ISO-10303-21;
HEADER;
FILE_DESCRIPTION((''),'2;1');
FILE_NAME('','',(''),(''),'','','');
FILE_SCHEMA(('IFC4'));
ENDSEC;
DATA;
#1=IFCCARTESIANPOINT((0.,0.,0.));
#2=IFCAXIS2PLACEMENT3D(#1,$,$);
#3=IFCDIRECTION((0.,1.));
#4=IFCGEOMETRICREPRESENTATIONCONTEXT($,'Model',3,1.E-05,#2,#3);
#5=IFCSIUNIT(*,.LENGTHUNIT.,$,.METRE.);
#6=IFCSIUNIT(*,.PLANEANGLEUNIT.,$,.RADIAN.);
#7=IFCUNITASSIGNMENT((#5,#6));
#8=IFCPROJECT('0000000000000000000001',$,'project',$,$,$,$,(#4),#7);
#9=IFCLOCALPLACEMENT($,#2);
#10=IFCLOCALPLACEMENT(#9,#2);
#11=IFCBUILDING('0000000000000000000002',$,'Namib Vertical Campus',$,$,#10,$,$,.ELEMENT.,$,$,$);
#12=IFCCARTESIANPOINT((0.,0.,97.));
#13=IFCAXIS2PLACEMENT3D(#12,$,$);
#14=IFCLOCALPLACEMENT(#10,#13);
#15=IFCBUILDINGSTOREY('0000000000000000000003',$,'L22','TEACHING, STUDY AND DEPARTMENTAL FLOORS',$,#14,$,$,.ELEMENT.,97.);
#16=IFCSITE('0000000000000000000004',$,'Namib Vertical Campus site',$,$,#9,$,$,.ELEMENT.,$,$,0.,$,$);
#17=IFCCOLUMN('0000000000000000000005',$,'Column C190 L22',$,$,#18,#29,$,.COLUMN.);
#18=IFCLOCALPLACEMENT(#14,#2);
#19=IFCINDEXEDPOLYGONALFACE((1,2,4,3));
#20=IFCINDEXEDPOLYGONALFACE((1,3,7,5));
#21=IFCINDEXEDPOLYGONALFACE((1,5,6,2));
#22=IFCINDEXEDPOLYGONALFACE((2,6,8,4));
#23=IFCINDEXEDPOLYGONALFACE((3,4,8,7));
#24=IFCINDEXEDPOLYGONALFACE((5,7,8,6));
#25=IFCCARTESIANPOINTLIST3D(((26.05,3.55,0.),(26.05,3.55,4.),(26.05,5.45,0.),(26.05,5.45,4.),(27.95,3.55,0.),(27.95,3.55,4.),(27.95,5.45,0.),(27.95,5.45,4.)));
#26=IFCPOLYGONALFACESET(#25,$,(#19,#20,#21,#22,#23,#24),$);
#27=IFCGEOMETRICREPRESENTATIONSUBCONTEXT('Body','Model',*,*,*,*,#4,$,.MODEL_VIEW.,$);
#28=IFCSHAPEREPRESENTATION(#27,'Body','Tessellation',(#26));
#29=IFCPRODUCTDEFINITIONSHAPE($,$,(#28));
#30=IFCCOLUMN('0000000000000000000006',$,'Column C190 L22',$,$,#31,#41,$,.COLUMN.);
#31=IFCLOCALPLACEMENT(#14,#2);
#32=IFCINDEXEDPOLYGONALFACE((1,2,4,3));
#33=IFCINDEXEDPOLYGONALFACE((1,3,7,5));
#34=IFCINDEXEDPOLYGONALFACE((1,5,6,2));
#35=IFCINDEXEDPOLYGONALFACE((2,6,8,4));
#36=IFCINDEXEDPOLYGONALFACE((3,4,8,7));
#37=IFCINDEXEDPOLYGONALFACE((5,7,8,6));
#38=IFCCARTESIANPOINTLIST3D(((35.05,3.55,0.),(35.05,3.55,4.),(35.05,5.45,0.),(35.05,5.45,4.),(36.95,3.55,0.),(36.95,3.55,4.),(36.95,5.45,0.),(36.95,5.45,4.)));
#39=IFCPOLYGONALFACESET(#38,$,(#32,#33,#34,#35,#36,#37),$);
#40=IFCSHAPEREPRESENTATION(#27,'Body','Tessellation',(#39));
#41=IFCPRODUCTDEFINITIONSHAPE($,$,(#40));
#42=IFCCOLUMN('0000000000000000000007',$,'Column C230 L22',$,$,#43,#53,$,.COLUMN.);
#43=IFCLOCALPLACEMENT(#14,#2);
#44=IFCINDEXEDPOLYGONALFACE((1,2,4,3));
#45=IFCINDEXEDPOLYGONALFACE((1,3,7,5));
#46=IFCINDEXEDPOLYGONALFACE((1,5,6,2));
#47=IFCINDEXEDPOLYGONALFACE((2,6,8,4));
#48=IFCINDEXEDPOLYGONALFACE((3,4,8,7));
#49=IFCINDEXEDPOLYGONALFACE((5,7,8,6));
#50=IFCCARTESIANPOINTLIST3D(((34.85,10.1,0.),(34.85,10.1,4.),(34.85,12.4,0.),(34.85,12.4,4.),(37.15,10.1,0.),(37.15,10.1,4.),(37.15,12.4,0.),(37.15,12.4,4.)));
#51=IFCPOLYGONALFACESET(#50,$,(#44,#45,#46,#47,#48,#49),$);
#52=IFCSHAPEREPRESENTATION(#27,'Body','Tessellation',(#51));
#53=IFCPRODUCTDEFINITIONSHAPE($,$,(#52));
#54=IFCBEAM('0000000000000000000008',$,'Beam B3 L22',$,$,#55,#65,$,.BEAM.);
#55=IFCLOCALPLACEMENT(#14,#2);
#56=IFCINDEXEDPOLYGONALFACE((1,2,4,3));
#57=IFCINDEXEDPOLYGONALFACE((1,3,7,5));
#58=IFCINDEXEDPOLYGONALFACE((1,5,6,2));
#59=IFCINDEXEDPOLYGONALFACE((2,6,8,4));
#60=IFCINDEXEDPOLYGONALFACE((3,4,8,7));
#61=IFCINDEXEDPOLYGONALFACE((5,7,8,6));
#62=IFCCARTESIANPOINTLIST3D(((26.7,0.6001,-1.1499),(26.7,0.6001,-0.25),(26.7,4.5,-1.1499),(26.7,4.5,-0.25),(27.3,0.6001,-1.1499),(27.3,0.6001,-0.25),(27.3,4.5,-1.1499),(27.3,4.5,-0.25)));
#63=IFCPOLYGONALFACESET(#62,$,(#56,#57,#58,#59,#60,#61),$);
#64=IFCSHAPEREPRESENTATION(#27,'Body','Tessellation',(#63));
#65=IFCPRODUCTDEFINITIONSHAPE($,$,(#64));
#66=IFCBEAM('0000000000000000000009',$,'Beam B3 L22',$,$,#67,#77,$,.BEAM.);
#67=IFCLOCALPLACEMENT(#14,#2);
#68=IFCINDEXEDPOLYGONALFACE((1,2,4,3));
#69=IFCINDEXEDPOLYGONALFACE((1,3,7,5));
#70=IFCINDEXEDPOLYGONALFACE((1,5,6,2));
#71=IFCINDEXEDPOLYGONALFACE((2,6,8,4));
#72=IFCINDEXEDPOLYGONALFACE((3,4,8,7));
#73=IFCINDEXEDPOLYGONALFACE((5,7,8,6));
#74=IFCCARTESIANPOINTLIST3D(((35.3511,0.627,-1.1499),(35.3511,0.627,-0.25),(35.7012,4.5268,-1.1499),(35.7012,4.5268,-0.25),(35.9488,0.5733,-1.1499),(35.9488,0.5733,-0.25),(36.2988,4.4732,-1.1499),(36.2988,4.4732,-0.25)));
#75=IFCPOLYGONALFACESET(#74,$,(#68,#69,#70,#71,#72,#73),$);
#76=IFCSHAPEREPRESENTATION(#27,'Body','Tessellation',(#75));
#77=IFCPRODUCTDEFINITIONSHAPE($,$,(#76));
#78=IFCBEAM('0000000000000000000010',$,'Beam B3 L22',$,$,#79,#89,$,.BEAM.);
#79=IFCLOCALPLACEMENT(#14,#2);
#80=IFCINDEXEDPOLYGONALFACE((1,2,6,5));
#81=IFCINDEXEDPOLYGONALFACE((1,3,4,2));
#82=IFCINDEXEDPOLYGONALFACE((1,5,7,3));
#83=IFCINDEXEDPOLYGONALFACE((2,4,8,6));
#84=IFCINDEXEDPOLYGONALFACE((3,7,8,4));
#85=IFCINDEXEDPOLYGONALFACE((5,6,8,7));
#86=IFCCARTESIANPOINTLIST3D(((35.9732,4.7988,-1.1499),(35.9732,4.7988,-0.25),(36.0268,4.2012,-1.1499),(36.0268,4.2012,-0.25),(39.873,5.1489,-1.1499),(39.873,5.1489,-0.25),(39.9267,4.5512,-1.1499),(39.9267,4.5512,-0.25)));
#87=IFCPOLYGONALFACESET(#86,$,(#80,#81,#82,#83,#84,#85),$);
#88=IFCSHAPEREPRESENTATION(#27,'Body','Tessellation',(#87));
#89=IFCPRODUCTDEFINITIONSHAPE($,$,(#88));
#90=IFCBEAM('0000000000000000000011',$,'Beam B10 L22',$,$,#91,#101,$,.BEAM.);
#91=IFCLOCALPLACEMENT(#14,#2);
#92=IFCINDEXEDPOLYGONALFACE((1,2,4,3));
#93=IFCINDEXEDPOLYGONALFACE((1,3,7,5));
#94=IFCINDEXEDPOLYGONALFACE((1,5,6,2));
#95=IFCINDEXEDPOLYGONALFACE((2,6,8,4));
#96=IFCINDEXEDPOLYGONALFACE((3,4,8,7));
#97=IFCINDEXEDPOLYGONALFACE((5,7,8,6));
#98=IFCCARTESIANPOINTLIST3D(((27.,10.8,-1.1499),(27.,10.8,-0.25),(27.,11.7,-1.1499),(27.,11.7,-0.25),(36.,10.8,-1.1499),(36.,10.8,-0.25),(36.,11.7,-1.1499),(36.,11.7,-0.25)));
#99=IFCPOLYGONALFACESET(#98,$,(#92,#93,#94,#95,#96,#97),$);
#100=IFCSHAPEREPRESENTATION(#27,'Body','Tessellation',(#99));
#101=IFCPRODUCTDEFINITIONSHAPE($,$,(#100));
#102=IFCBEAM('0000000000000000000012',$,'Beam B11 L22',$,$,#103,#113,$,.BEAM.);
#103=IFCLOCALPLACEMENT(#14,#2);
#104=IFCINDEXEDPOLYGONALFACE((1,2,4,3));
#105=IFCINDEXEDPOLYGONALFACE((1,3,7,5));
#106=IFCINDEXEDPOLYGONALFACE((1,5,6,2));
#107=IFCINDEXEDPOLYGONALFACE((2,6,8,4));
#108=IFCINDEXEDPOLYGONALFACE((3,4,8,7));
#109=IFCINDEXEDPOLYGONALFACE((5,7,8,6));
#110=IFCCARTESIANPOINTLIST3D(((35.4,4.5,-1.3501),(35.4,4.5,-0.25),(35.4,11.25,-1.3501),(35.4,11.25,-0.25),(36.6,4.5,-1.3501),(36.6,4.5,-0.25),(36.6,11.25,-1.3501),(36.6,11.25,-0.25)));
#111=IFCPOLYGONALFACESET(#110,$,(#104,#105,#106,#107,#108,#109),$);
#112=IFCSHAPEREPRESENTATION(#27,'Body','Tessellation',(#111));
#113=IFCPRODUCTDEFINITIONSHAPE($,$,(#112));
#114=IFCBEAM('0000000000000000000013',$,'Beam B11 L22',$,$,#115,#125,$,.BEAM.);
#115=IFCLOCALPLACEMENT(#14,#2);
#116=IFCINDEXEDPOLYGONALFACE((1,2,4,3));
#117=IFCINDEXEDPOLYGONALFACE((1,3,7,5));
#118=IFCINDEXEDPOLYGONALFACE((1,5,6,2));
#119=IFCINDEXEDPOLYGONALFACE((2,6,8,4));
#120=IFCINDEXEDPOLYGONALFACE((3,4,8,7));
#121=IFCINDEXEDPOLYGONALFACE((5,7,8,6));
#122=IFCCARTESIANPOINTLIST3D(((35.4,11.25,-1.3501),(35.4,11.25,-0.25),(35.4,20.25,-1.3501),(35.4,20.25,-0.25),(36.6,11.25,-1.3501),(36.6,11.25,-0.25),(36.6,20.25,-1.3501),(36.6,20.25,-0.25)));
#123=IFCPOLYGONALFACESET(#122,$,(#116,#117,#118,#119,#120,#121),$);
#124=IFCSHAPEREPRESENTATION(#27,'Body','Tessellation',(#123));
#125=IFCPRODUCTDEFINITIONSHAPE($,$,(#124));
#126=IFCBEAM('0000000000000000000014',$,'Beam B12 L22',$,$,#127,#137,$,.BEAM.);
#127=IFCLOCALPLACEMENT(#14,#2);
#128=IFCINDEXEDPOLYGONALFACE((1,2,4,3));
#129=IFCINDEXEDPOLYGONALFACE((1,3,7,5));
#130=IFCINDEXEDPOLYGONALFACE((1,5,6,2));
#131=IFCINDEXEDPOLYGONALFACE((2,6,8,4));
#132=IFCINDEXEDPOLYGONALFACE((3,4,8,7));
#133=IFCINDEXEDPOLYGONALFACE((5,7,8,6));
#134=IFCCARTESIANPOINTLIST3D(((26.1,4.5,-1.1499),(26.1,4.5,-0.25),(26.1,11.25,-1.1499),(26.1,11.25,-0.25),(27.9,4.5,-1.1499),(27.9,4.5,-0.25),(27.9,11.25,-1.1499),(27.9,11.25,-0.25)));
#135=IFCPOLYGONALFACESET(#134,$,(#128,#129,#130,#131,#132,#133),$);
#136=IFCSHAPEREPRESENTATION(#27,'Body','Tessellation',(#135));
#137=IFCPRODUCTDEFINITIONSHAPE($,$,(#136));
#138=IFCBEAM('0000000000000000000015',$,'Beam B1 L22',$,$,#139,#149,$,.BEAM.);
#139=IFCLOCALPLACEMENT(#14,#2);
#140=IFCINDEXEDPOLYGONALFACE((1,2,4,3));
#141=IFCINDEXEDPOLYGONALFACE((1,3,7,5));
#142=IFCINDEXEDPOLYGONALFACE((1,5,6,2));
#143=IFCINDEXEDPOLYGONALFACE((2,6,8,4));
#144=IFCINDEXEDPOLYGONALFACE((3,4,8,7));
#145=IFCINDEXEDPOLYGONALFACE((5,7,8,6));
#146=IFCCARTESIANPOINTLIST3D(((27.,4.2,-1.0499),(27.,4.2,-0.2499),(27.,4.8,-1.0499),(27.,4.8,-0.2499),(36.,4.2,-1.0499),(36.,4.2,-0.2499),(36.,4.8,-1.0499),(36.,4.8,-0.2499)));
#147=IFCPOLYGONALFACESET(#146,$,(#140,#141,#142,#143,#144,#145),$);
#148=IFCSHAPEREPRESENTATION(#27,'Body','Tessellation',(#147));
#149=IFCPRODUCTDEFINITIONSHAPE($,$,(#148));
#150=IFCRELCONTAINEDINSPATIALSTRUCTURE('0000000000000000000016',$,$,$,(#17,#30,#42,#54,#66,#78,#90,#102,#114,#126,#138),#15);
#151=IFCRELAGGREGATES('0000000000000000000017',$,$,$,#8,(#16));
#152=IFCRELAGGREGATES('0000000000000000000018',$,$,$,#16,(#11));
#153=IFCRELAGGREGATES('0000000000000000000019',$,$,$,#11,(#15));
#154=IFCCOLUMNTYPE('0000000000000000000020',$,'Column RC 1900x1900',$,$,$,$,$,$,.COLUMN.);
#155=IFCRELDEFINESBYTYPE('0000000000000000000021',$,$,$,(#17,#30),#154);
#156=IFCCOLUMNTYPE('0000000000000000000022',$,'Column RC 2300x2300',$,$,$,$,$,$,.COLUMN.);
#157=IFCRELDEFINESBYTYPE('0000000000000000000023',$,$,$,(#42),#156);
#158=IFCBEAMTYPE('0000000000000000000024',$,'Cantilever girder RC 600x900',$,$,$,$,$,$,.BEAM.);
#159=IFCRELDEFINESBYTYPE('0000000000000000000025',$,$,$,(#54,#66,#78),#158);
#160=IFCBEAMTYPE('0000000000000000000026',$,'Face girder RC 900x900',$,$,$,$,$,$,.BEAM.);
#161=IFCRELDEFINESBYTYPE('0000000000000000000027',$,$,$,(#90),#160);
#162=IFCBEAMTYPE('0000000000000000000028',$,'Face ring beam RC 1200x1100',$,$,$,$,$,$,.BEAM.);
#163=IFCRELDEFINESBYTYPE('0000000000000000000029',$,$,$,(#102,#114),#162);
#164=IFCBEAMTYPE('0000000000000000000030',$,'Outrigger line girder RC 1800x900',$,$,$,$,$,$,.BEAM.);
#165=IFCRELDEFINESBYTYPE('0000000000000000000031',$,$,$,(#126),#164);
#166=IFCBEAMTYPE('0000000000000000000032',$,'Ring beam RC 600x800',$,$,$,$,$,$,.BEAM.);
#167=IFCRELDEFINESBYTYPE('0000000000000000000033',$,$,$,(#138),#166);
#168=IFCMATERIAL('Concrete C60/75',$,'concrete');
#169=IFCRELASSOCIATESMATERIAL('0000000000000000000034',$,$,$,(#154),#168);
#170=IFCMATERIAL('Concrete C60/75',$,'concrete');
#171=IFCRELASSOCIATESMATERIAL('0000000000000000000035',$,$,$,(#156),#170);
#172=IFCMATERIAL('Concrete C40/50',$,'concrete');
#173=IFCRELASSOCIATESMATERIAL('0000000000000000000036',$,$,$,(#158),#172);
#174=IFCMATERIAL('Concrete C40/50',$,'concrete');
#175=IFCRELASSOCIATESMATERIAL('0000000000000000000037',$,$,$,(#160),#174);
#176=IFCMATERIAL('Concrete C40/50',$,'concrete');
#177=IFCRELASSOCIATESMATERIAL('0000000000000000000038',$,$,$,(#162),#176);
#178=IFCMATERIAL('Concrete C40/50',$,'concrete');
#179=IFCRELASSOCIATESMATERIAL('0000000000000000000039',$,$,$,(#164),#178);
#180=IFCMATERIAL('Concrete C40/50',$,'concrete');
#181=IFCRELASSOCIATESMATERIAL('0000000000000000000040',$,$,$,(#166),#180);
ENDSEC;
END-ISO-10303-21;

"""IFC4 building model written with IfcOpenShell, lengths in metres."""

from ifc_helpers import new_model, si_unit, direction, frame, origin, origin_2d, place, context, subcontext, project, spatial, rectangle, extrude, material, material_profile, profile_set, type_object, element, save


model = new_model("IFC4")

# Units and contexts
model_context = context("Model", 3, precision=1e-05, world=origin(), true_north=direction((0.0, 1.0)))
body_context = subcontext(model_context, "Body", "Model", "MODEL_VIEW")
ifc_project = project(units=[si_unit("LENGTHUNIT", "METRE"), si_unit("PLANEANGLEUNIT", "RADIAN")], contexts=[model_context])

# Site, building, storey
site_placement = place(None, origin())
site = spatial("IfcSite", under=ifc_project, at=site_placement, Name="Namib Vertical Campus site", CompositionType="ELEMENT", RefElevation=0.0)
building_placement = place(site_placement, origin())
building = spatial("IfcBuilding", under=site, at=building_placement, Name="Namib Vertical Campus", CompositionType="ELEMENT")
storey_placement = place(building_placement, frame((0.0, 0.0, 97.0)))
storey = spatial("IfcBuildingStorey", under=building, at=storey_placement, Name="L22", Description="TEACHING, STUDY AND DEPARTMENTAL FLOORS", CompositionType="ELEMENT", Elevation=97.0)

# Columns
ifc_material_1 = material(Name="Concrete C60/75", Category="concrete")
ifc_material_profile_1 = material_profile(ifc_material_1, rectangle(XDim=1.8999, YDim=1.8999, at=origin_2d()))
ifc_profile_set_1 = profile_set([ifc_material_profile_1], Name="Concrete C60/75")
column_type_1 = type_object("IfcColumnType", Name="Column RC 1900x1900", PredefinedType="COLUMN", material=ifc_profile_set_1)
for number, where, z_axis, x_axis, name in (
    (1, (27.0, 4.5, 0.0), (0.0, 0.0, 1.0), (1.0, 0.0, 0.0), "Column C190 L22"),
    (2, (36.0, 4.5, 0.0), (0.0, 0.0, 1.0), (1.0, 0.0, 0.0), "Column C190 L22"),
):
    element("IfcColumn", number, at=place(storey_placement, frame(where, z_axis=z_axis, x_axis=x_axis)), inside=storey, type_object=column_type_1, Name=name, PredefinedType="COLUMN", context=body_context, shape_type="SweptSolid", body=[
        extrude(rectangle(XDim=1.8999, YDim=1.8999, at=origin_2d()), origin(), (0.0, 0.0, 1.0), 4.0),
    ])
ifc_material_2 = material(Name="Concrete C60/75", Category="concrete")
ifc_material_profile_2 = material_profile(ifc_material_2, rectangle(XDim=2.3, YDim=2.3, at=origin_2d()))
ifc_profile_set_2 = profile_set([ifc_material_profile_2], Name="Concrete C60/75")
column_type_2 = type_object("IfcColumnType", Name="Column RC 2300x2300", PredefinedType="COLUMN", material=ifc_profile_set_2)
column_placement = place(storey_placement, frame((36.0, 11.25, 0.0), z_axis=(0.0, 0.0, 1.0), x_axis=(1.0, 0.0, 0.0)))
element("IfcColumn", 3, at=column_placement, inside=storey, type_object=column_type_2, Name="Column C230 L22", PredefinedType="COLUMN", context=body_context, shape_type="SweptSolid", body=[
    extrude(rectangle(XDim=2.3, YDim=2.3, at=origin_2d()), origin(), (0.0, 0.0, 1.0), 4.0),
])

# Beams
ifc_material_3 = material(Name="Concrete C40/50", Category="concrete")
ifc_material_profile_3 = material_profile(ifc_material_3, rectangle(XDim=0.6001, YDim=0.8999, at=origin_2d()))
ifc_profile_set_3 = profile_set([ifc_material_profile_3], Name="Concrete C40/50")
beam_type_1 = type_object("IfcBeamType", Name="Cantilever girder RC 600x900", PredefinedType="BEAM", material=ifc_profile_set_3)
beam_1_placement = place(storey_placement, frame((27.0, 4.5, -0.7), z_axis=(0.0, -1.0, 0.0), x_axis=(1.0, 0.0, 0.0)))
element("IfcBeam", 4, at=beam_1_placement, inside=storey, type_object=beam_type_1, Name="Beam B3 L22", PredefinedType="BEAM", context=body_context, shape_type="SweptSolid", body=[
    extrude(rectangle(XDim=0.6001, YDim=0.8999, at=origin_2d()), origin(), (0.0, 0.0, 1.0), 3.8999),
])
for number, where, z_axis, x_axis, name in (
    (5, (36.0, 4.5, -0.7), (-0.089411, -0.995995, 0.0), (0.995995, -0.089411, 0.0), "Beam B3 L22"),
    (6, (36.0, 4.5, -0.7), (0.995995, 0.089411, 0.0), (-0.089411, 0.995995, 0.0), "Beam B3 L22"),
):
    element("IfcBeam", number, at=place(storey_placement, frame(where, z_axis=z_axis, x_axis=x_axis)), inside=storey, type_object=beam_type_1, Name=name, PredefinedType="BEAM", context=body_context, shape_type="SweptSolid", body=[
        extrude(rectangle(XDim=0.6001, YDim=0.8999, at=origin_2d()), origin(), (0.0, 0.0, 1.0), 3.9155),
    ])
ifc_material_4 = material(Name="Concrete C40/50", Category="concrete")
ifc_material_profile_4 = material_profile(ifc_material_4, rectangle(XDim=0.8999, YDim=0.8999, at=origin_2d()))
ifc_profile_set_4 = profile_set([ifc_material_profile_4], Name="Concrete C40/50")
beam_type_2 = type_object("IfcBeamType", Name="Face girder RC 900x900", PredefinedType="BEAM", material=ifc_profile_set_4)
beam_2_placement = place(storey_placement, frame((36.0, 11.25, -0.7), z_axis=(-1.0, 0.0, 0.0), x_axis=(0.0, -1.0, 0.0)))
element("IfcBeam", 7, at=beam_2_placement, inside=storey, type_object=beam_type_2, Name="Beam B10 L22", PredefinedType="BEAM", context=body_context, shape_type="SweptSolid", body=[
    extrude(rectangle(XDim=0.8999, YDim=0.8999, at=origin_2d()), origin(), (0.0, 0.0, 1.0), 9.0),
])
ifc_material_5 = material(Name="Concrete C40/50", Category="concrete")
ifc_material_profile_5 = material_profile(ifc_material_5, rectangle(XDim=1.2, YDim=1.1001, at=origin_2d()))
ifc_profile_set_5 = profile_set([ifc_material_profile_5], Name="Concrete C40/50")
beam_type_3 = type_object("IfcBeamType", Name="Face ring beam RC 1200x1100", PredefinedType="BEAM", material=ifc_profile_set_5)
beam_3_placement = place(storey_placement, frame((36.0, 4.5, -0.8), z_axis=(0.0, 1.0, 0.0), x_axis=(-1.0, 0.0, 0.0)))
element("IfcBeam", 8, at=beam_3_placement, inside=storey, type_object=beam_type_3, Name="Beam B11 L22", PredefinedType="BEAM", context=body_context, shape_type="SweptSolid", body=[
    extrude(rectangle(XDim=1.2, YDim=1.1001, at=origin_2d()), origin(), (0.0, 0.0, 1.0), 6.75),
])
beam_4_placement = place(storey_placement, frame((36.0, 11.25, -0.8), z_axis=(0.0, 1.0, 0.0), x_axis=(-1.0, 0.0, 0.0)))
element("IfcBeam", 9, at=beam_4_placement, inside=storey, type_object=beam_type_3, Name="Beam B11 L22", PredefinedType="BEAM", context=body_context, shape_type="SweptSolid", body=[
    extrude(rectangle(XDim=1.2, YDim=1.1001, at=origin_2d()), origin(), (0.0, 0.0, 1.0), 9.0),
])
ifc_material_6 = material(Name="Concrete C40/50", Category="concrete")
ifc_material_profile_6 = material_profile(ifc_material_6, rectangle(XDim=1.8, YDim=0.8999, at=origin_2d()))
ifc_profile_set_6 = profile_set([ifc_material_profile_6], Name="Concrete C40/50")
beam_type_4 = type_object("IfcBeamType", Name="Outrigger line girder RC 1800x900", PredefinedType="BEAM", material=ifc_profile_set_6)
beam_5_placement = place(storey_placement, frame((27.0, 4.5, -0.7), z_axis=(0.0, 1.0, 0.0), x_axis=(-1.0, 0.0, 0.0)))
element("IfcBeam", 10, at=beam_5_placement, inside=storey, type_object=beam_type_4, Name="Beam B12 L22", PredefinedType="BEAM", context=body_context, shape_type="SweptSolid", body=[
    extrude(rectangle(XDim=1.8, YDim=0.8999, at=origin_2d()), origin(), (0.0, 0.0, 1.0), 6.75),
])
ifc_material_7 = material(Name="Concrete C40/50", Category="concrete")
ifc_material_profile_7 = material_profile(ifc_material_7, rectangle(XDim=0.6001, YDim=0.8, at=origin_2d()))
ifc_profile_set_7 = profile_set([ifc_material_profile_7], Name="Concrete C40/50")
beam_type_5 = type_object("IfcBeamType", Name="Ring beam RC 600x800", PredefinedType="BEAM", material=ifc_profile_set_7)
beam_6_placement = place(storey_placement, frame((27.0, 4.5, -0.6499), z_axis=(1.0, 0.0, 0.0), x_axis=(0.0, 1.0, 0.0)))
element("IfcBeam", 11, at=beam_6_placement, inside=storey, type_object=beam_type_5, Name="Beam B1 L22", PredefinedType="BEAM", context=body_context, shape_type="SweptSolid", body=[
    extrude(rectangle(XDim=0.6001, YDim=0.8, at=origin_2d()), origin(), (0.0, 0.0, 1.0), 9.0),
])

save(model, "model.ifc")
